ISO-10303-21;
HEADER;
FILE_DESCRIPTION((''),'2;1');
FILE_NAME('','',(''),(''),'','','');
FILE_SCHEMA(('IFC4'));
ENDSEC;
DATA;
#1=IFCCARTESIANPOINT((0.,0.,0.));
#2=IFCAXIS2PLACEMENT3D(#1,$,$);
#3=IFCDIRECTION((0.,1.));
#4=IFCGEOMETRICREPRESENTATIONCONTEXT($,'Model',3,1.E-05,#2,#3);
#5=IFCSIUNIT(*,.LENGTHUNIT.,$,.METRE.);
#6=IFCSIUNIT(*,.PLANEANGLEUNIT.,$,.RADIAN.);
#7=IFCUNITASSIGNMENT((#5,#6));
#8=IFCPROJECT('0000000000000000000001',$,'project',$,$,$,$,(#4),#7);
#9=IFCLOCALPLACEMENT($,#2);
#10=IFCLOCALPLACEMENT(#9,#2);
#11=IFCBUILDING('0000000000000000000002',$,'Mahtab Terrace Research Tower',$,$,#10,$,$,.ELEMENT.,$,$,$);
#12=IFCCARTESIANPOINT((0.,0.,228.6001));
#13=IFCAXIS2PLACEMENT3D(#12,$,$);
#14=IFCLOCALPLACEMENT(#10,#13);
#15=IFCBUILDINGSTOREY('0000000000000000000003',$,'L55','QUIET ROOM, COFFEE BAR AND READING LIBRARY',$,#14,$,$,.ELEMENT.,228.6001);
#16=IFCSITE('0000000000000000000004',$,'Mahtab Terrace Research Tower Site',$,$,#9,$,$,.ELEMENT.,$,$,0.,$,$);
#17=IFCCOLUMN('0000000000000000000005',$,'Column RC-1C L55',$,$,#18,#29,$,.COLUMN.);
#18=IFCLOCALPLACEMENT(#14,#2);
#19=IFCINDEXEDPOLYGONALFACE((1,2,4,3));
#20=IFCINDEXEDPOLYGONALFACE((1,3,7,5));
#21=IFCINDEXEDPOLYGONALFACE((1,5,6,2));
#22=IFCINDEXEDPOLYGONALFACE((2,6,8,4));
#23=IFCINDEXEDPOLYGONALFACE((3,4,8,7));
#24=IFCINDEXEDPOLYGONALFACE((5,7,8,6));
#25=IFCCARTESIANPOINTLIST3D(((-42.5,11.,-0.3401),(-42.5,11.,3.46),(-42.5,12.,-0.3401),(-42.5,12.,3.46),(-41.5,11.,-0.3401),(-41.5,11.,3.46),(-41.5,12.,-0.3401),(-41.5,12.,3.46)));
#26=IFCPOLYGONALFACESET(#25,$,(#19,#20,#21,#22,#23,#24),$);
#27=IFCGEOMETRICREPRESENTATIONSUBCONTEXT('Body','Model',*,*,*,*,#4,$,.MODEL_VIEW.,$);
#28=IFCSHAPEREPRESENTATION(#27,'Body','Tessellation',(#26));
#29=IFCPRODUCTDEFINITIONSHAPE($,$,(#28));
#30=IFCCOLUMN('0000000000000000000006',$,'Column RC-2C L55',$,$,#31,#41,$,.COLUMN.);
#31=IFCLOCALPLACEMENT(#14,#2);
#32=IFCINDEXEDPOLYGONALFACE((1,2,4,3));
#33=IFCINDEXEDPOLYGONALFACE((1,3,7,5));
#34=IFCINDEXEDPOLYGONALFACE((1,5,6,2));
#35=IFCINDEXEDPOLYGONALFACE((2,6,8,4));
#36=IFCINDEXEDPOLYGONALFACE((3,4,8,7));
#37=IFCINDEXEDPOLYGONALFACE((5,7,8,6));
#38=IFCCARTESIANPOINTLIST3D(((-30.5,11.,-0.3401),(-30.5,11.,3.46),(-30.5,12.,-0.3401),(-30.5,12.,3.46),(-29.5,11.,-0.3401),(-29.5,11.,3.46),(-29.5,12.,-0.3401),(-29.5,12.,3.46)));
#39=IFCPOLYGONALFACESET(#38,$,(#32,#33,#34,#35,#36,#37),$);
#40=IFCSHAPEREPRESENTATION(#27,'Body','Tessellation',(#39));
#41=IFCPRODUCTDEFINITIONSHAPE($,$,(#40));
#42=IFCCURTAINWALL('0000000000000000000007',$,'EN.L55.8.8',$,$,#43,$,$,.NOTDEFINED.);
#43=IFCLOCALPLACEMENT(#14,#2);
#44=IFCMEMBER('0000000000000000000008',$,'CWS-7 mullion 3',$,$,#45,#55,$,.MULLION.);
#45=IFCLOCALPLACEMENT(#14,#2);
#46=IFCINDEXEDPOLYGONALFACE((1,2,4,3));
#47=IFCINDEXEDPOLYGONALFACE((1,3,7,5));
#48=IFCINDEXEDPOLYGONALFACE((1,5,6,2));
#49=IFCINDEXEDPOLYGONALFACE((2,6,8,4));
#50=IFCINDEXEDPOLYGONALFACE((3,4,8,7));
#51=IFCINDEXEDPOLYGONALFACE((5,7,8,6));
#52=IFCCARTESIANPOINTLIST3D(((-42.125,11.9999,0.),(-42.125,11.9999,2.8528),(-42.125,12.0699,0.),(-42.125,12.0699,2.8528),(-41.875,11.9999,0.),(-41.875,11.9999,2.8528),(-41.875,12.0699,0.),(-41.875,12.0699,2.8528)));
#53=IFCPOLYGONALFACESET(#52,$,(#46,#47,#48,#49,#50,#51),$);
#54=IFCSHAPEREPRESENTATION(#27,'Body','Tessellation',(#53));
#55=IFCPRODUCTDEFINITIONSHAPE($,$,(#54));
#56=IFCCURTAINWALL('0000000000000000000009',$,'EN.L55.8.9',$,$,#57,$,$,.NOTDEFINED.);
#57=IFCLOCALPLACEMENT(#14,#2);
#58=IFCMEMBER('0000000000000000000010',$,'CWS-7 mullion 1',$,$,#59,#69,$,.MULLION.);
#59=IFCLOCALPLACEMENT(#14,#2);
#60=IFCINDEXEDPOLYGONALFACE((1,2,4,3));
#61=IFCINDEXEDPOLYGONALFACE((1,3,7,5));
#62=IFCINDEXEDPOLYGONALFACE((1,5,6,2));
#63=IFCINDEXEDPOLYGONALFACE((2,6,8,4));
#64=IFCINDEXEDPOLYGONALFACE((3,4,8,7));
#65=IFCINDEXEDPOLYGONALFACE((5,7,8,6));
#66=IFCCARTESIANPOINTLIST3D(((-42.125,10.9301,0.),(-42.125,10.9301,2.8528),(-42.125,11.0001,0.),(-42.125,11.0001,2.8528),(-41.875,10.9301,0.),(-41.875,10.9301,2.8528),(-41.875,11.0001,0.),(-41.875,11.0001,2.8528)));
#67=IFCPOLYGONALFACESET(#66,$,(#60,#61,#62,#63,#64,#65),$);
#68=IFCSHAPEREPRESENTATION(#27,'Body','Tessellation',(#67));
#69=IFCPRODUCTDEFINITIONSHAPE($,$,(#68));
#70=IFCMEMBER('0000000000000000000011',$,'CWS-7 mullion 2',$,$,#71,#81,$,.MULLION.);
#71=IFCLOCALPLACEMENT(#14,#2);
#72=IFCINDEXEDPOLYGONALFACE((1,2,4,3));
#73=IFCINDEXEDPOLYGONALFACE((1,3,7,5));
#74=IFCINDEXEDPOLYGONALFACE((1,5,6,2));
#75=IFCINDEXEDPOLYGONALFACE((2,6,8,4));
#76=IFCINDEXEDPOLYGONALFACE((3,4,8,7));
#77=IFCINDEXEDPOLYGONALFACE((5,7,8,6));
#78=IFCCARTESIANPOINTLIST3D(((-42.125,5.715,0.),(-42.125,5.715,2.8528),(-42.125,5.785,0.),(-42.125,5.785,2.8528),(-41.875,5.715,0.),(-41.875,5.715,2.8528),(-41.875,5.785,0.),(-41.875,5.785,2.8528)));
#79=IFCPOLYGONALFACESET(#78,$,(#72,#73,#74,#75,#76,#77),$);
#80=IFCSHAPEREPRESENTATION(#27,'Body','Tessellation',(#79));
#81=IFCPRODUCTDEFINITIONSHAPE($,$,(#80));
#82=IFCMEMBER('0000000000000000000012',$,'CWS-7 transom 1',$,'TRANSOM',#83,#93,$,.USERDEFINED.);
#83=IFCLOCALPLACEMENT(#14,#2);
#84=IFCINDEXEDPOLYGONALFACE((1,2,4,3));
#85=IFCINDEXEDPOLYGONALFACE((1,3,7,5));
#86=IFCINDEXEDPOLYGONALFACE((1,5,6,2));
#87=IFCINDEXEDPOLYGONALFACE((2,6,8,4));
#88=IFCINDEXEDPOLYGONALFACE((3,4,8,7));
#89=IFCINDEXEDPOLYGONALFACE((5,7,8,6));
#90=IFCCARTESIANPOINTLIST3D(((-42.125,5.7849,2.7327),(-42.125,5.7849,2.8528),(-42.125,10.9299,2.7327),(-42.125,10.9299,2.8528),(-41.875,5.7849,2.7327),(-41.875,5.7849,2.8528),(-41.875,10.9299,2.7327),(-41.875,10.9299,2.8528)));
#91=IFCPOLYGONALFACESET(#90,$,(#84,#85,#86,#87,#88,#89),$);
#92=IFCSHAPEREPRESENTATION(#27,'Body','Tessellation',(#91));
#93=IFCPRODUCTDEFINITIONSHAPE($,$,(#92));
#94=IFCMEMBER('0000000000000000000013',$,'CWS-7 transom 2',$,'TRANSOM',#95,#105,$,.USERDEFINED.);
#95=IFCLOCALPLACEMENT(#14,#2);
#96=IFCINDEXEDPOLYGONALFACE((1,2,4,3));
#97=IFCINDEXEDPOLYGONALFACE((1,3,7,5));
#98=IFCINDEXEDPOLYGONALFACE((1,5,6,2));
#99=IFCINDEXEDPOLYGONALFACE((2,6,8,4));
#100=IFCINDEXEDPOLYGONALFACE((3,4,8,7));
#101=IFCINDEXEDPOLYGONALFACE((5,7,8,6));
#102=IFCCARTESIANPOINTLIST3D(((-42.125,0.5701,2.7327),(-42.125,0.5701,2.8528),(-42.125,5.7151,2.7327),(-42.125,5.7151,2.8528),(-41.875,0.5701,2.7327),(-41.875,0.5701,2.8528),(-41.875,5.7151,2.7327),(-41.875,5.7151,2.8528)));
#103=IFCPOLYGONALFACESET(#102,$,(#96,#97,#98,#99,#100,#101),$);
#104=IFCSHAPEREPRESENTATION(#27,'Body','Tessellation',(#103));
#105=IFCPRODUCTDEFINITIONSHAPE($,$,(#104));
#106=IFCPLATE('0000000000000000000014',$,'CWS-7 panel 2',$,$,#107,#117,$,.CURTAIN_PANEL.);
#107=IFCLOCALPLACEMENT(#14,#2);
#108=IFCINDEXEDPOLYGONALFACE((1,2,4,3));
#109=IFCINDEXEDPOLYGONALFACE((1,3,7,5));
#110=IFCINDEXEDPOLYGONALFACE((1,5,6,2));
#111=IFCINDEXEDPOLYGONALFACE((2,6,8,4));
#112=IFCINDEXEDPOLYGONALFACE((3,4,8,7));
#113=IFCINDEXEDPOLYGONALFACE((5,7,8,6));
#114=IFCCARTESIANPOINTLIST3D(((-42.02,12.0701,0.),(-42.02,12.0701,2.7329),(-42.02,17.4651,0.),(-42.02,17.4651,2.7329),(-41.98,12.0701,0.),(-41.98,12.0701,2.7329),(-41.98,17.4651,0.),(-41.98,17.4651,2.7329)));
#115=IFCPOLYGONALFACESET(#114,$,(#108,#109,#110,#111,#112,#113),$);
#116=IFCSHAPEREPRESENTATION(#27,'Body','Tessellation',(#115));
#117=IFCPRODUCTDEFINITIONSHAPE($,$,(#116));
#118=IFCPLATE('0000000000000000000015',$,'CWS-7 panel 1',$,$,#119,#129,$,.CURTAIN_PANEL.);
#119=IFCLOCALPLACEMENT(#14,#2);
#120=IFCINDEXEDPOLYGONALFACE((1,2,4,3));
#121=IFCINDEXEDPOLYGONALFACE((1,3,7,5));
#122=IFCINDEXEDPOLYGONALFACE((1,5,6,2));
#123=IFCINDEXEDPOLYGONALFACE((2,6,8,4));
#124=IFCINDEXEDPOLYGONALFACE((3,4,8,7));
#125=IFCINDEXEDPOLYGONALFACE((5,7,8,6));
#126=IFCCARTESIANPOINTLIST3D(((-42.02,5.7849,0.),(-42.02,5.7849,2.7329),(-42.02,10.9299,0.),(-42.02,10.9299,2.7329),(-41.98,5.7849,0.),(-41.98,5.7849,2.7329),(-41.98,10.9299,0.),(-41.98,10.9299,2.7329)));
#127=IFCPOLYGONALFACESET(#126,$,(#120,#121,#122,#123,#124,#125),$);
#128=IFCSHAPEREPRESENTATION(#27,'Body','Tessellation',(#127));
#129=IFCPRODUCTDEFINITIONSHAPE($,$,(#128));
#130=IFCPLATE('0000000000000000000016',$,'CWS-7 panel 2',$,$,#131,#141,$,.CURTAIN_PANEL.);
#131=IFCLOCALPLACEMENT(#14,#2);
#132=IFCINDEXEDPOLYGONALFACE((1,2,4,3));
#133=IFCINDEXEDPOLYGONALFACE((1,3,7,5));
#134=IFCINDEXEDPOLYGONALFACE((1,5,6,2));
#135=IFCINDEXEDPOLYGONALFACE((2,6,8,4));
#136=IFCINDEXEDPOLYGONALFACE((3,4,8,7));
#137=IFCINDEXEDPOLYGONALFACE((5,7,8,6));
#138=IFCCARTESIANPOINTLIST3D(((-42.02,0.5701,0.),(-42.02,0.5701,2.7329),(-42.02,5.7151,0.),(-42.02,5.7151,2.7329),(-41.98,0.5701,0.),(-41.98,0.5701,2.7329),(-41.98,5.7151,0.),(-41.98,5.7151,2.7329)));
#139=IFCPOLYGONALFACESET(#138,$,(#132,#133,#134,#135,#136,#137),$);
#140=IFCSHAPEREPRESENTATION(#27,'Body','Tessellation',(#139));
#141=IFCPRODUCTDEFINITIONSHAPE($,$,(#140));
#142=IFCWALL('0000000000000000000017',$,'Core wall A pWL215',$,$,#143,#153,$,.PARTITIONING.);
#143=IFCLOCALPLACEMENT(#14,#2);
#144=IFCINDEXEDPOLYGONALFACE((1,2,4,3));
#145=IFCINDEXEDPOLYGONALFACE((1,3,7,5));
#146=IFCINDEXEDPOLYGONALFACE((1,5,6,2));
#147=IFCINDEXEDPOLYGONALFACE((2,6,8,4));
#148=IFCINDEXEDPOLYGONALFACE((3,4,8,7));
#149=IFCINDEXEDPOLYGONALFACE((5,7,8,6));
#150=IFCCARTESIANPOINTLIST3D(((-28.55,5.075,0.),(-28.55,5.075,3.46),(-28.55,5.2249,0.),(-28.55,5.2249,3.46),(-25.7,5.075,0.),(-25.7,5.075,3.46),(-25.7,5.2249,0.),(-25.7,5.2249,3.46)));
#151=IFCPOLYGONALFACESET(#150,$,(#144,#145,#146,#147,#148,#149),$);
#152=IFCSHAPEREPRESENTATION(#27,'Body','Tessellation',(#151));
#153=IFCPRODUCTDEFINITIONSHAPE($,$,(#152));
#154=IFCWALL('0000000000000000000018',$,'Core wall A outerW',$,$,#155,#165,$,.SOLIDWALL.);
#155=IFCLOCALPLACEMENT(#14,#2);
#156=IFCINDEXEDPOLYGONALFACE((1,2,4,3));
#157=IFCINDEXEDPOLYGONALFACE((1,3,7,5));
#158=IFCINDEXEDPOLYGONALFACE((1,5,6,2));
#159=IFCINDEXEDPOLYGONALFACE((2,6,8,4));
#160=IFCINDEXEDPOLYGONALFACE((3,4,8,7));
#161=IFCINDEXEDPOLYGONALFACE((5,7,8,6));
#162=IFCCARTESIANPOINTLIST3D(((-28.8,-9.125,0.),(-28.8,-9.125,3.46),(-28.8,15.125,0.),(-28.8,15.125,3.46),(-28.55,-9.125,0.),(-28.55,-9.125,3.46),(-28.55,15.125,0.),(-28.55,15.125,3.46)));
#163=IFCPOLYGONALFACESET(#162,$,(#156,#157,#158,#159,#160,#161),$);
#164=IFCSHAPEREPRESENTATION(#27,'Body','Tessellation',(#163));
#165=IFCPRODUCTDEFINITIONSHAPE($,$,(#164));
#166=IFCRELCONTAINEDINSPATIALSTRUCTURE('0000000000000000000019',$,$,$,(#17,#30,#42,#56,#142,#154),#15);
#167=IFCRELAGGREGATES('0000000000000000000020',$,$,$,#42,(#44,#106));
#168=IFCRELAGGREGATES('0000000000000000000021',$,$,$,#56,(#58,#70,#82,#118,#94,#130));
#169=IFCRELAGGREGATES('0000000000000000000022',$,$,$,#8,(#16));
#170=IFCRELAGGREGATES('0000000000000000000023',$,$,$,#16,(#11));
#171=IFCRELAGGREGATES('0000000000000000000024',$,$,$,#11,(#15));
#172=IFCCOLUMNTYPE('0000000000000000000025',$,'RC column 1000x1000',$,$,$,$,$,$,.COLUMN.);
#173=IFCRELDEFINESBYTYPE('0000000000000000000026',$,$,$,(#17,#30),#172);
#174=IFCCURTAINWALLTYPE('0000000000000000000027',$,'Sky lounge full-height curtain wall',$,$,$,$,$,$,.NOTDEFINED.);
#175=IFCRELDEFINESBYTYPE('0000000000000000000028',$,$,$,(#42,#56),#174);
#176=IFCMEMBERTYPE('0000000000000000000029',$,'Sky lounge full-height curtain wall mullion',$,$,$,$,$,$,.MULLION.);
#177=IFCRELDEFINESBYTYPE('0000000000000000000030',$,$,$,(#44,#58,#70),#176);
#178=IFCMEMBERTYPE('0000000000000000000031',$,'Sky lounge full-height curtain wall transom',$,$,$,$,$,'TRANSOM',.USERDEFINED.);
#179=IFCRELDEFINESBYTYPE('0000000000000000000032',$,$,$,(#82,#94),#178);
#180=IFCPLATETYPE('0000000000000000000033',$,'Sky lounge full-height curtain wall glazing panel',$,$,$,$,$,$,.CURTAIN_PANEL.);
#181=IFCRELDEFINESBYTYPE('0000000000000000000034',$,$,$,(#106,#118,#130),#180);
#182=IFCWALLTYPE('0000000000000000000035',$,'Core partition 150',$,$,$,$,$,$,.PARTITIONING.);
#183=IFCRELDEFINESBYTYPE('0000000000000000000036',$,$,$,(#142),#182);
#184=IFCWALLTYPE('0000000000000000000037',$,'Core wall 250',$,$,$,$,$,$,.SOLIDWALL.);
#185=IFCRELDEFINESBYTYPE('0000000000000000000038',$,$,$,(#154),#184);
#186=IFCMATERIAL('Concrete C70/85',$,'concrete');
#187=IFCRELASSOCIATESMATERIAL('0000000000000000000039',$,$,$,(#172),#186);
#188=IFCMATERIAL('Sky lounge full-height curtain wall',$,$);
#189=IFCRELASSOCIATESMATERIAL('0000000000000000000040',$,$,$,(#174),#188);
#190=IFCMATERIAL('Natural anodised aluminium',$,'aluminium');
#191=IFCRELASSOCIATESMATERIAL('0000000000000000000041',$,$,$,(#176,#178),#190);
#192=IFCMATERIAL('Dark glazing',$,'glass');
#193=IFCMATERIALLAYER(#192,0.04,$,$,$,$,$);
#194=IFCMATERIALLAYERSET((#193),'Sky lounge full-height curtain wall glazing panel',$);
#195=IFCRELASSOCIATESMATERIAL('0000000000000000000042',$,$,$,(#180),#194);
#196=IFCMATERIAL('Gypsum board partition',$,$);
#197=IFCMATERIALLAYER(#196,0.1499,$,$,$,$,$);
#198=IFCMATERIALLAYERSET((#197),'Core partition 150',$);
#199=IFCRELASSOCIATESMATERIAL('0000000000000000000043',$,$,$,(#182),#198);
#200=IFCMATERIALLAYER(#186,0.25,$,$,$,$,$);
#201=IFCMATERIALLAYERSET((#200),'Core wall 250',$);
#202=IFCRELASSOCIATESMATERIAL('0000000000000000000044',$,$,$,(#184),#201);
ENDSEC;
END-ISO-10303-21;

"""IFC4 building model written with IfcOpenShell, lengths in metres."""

from ifc_helpers import new_model, si_unit, direction, frame, frame_2d, origin, origin_2d, place, context, subcontext, project, spatial, rectangle, extrude, material, layer, layer_set, material_profile, profile_set, type_object, element, aggregate, save


model = new_model("IFC4")

# Units and contexts
model_context = context("Model", 3, precision=1e-05, world=origin(), true_north=direction((0.0, 1.0)))
body_context = subcontext(model_context, "Body", "Model", "MODEL_VIEW")
ifc_project = project(units=[si_unit("LENGTHUNIT", "METRE"), si_unit("PLANEANGLEUNIT", "RADIAN")], contexts=[model_context])

# Site, building, storey
site_placement = place(None, origin())
site = spatial("IfcSite", under=ifc_project, at=site_placement, Name="Mahtab Terrace Research Tower Site", CompositionType="ELEMENT", RefElevation=0.0)
building_placement = place(site_placement, origin())
building = spatial("IfcBuilding", under=site, at=building_placement, Name="Mahtab Terrace Research Tower", CompositionType="ELEMENT")
storey_placement = place(building_placement, frame((0.0, 0.0, 228.6001)))
storey = spatial("IfcBuildingStorey", under=building, at=storey_placement, Name="L55", Description="QUIET ROOM, COFFEE BAR AND READING LIBRARY", CompositionType="ELEMENT", Elevation=228.6001)

# Columns
ifc_material_1 = material(Name="Concrete C70/85", Category="concrete")
ifc_material_profile_1 = material_profile(ifc_material_1, rectangle(XDim=1.0, YDim=1.0, at=origin_2d()), Name="RC column 1000x1000")
ifc_profile_set_1 = profile_set([ifc_material_profile_1], Name="Concrete C70/85")
column_type = type_object("IfcColumnType", Name="RC column 1000x1000", PredefinedType="COLUMN", material=ifc_profile_set_1)
for number, where, z_axis, x_axis, name in (
    (1, (-42.0, 11.5, -0.3401), (0.0, 0.0, 1.0), (1.0, 0.0, 0.0), "Column RC-1C L55"),
    (2, (-30.0, 11.5, -0.3401), (0.0, 0.0, 1.0), (1.0, 0.0, 0.0), "Column RC-2C L55"),
):
    element("IfcColumn", number, at=place(storey_placement, frame(where, z_axis=z_axis, x_axis=x_axis)), inside=storey, type_object=column_type, Name=name, PredefinedType="COLUMN", context=body_context, shape_type="SweptSolid", body=[
        extrude(rectangle(XDim=1.0, YDim=1.0, at=origin_2d()), origin(), (0.0, 0.0, 1.0), 3.8),
    ])

# Curtain wall, member
ifc_material_2 = material(Name="Sky lounge full-height curtain wall")
curtain_wall_type = type_object("IfcCurtainWallType", Name="Sky lounge full-height curtain wall", PredefinedType="NOTDEFINED", material=ifc_material_2)
curtain_wall_1_placement = place(storey_placement, origin())
curtain_wall_1 = element("IfcCurtainWall", 3, at=curtain_wall_1_placement, inside=storey, type_object=curtain_wall_type, Name="EN.L55.8.8", PredefinedType="NOTDEFINED")
ifc_material_3 = material(Name="Natural anodised aluminium", Category="aluminium")
ifc_material_profile_2 = material_profile(ifc_material_3, rectangle(XDim=0.25, YDim=0.0701, at=origin_2d()), Name="MULLION 70x250")
ifc_profile_set_2 = profile_set([ifc_material_profile_2], Name="Natural anodised aluminium")
member_type_1 = type_object("IfcMemberType", Name="Sky lounge full-height curtain wall mullion", PredefinedType="MULLION", material=ifc_profile_set_2)
member_1_placement = place(storey_placement, frame((-42.0, 12.0349, 0.0), z_axis=(0.0, 0.0, 1.0), x_axis=(1.0, 0.0, 0.0)))
member_1 = element("IfcMember", 4, at=member_1_placement, type_object=member_type_1, Name="CWS-7 mullion 3", PredefinedType="MULLION", context=body_context, shape_type="SweptSolid", body=[
    extrude(rectangle(XDim=0.25, YDim=0.0701, at=origin_2d()), origin(), (0.0, 0.0, 1.0), 2.8528),
])

# Curtain wall, members
curtain_wall_2_placement = place(storey_placement, origin())
curtain_wall_2 = element("IfcCurtainWall", 5, at=curtain_wall_2_placement, inside=storey, type_object=curtain_wall_type, Name="EN.L55.8.9", PredefinedType="NOTDEFINED")
member_2_placement = place(storey_placement, frame((-42.0, 10.9651, 0.0), z_axis=(0.0, 0.0, 1.0), x_axis=(1.0, 0.0, 0.0)))
member_2 = element("IfcMember", 6, at=member_2_placement, type_object=member_type_1, Name="CWS-7 mullion 1", PredefinedType="MULLION", context=body_context, shape_type="SweptSolid", body=[
    extrude(rectangle(XDim=0.25, YDim=0.0701, at=origin_2d()), origin(), (0.0, 0.0, 1.0), 2.8528),
])
member_3_placement = place(storey_placement, frame((-42.0, 5.75, 0.0), z_axis=(0.0, 0.0, 1.0), x_axis=(1.0, 0.0, 0.0)))
member_3 = element("IfcMember", 7, at=member_3_placement, type_object=member_type_1, Name="CWS-7 mullion 2", PredefinedType="MULLION", context=body_context, shape_type="SweptSolid", body=[
    extrude(rectangle(XDim=0.25, YDim=0.0701, at=origin_2d()), origin(), (0.0, 0.0, 1.0), 2.8528),
])
ifc_material_profile_3 = material_profile(ifc_material_3, rectangle(XDim=0.25, YDim=0.1201, at=origin_2d()), Name="TRANSOM 120x250")
ifc_profile_set_3 = profile_set([ifc_material_profile_3], Name="Natural anodised aluminium")
member_type_2 = type_object("IfcMemberType", Name="Sky lounge full-height curtain wall transom", ElementType="TRANSOM", PredefinedType="USERDEFINED", material=ifc_profile_set_3)
member_4_placement = place(storey_placement, frame((-42.0, 10.9299, 2.7927), z_axis=(0.0, -1.0, 0.0), x_axis=(1.0, 0.0, 0.0)))
member_4 = element("IfcMember", 8, at=member_4_placement, type_object=member_type_2, Name="CWS-7 transom 1", ObjectType="TRANSOM", PredefinedType="USERDEFINED", context=body_context, shape_type="SweptSolid", body=[
    extrude(rectangle(XDim=0.25, YDim=0.1201, at=origin_2d()), origin(), (0.0, 0.0, 1.0), 5.145),
])
member_5_placement = place(storey_placement, frame((-42.0, 5.7151, 2.7927), z_axis=(0.0, -1.0, 0.0), x_axis=(1.0, 0.0, 0.0)))
member_5 = element("IfcMember", 9, at=member_5_placement, type_object=member_type_2, Name="CWS-7 transom 2", ObjectType="TRANSOM", PredefinedType="USERDEFINED", context=body_context, shape_type="SweptSolid", body=[
    extrude(rectangle(XDim=0.25, YDim=0.1201, at=origin_2d()), origin(), (0.0, 0.0, 1.0), 5.145),
])

# Plates
ifc_material_4 = material(Name="Dark glazing", Category="glass")
ifc_layer_1 = layer(ifc_material_4, 0.04)
ifc_layer_set_1 = layer_set([ifc_layer_1], Name="Sky lounge full-height curtain wall glazing panel")
plate_type = type_object("IfcPlateType", Name="Sky lounge full-height curtain wall glazing panel", PredefinedType="CURTAIN_PANEL", material=ifc_layer_set_1)
plate_1_placement = place(storey_placement, frame((-42.0, 14.7676, 0.0), z_axis=(0.0, 0.0, 1.0), x_axis=(0.0, -1.0, 0.0)))
plate_1 = element("IfcPlate", 10, at=plate_1_placement, type_object=plate_type, Name="CWS-7 panel 2", PredefinedType="CURTAIN_PANEL", context=body_context, shape_type="SweptSolid", body=[
    extrude(rectangle(XDim=5.395, YDim=0.04, at=origin_2d()), origin(), (0.0, 0.0, 1.0), 2.7329),
])
aggregate(curtain_wall_1, [member_1, plate_1])
plate_2_placement = place(storey_placement, frame((-42.0, 8.3574, 0.0), z_axis=(0.0, 0.0, 1.0), x_axis=(0.0, -1.0, 0.0)))
plate_2 = element("IfcPlate", 11, at=plate_2_placement, type_object=plate_type, Name="CWS-7 panel 1", PredefinedType="CURTAIN_PANEL", context=body_context, shape_type="SweptSolid", body=[
    extrude(rectangle(XDim=5.145, YDim=0.04, at=origin_2d()), origin(), (0.0, 0.0, 1.0), 2.7329),
])
plate_3_placement = place(storey_placement, frame((-42.0, 3.1426, 0.0), z_axis=(0.0, 0.0, 1.0), x_axis=(0.0, -1.0, 0.0)))
plate_3 = element("IfcPlate", 12, at=plate_3_placement, type_object=plate_type, Name="CWS-7 panel 2", PredefinedType="CURTAIN_PANEL", context=body_context, shape_type="SweptSolid", body=[
    extrude(rectangle(XDim=5.145, YDim=0.04, at=origin_2d()), origin(), (0.0, 0.0, 1.0), 2.7329),
])
aggregate(curtain_wall_2, [member_2, member_3, member_4, plate_2, member_5, plate_3])

# Walls
ifc_material_5 = material(Name="Gypsum board partition")
ifc_layer_2 = layer(ifc_material_5, 0.1499)
ifc_layer_set_2 = layer_set([ifc_layer_2], Name="Core partition 150")
wall_type_1 = type_object("IfcWallType", Name="Core partition 150", PredefinedType="PARTITIONING", material=ifc_layer_set_2)
wall_1_placement = place(storey_placement, frame((-28.55, 5.1499, 0.0), z_axis=(0.0, 0.0, 1.0), x_axis=(1.0, 0.0, 0.0)))
element("IfcWall", 13, at=wall_1_placement, inside=storey, type_object=wall_type_1, Name="Core wall A pWL215", PredefinedType="PARTITIONING", context=body_context, shape_type="SweptSolid", body=[
    extrude(rectangle(XDim=2.8501, YDim=0.1499, at=frame_2d((1.425, 0.0))), origin(), (0.0, 0.0, 1.0), 3.46),
])
ifc_layer_3 = layer(ifc_material_1, 0.25)
ifc_layer_set_3 = layer_set([ifc_layer_3], Name="Core wall 250")
wall_type_2 = type_object("IfcWallType", Name="Core wall 250", PredefinedType="SOLIDWALL", material=ifc_layer_set_3)
wall_2_placement = place(storey_placement, frame((-28.675, 15.125, 0.0), z_axis=(0.0, 0.0, 1.0), x_axis=(0.0, -1.0, 0.0)))
element("IfcWall", 14, at=wall_2_placement, inside=storey, type_object=wall_type_2, Name="Core wall A outerW", PredefinedType="SOLIDWALL", context=body_context, shape_type="SweptSolid", body=[
    extrude(rectangle(XDim=24.25, YDim=0.25, at=frame_2d((12.125, 0.0))), origin(), (0.0, 0.0, 1.0), 3.46),
])

save(model, "model.ifc")
